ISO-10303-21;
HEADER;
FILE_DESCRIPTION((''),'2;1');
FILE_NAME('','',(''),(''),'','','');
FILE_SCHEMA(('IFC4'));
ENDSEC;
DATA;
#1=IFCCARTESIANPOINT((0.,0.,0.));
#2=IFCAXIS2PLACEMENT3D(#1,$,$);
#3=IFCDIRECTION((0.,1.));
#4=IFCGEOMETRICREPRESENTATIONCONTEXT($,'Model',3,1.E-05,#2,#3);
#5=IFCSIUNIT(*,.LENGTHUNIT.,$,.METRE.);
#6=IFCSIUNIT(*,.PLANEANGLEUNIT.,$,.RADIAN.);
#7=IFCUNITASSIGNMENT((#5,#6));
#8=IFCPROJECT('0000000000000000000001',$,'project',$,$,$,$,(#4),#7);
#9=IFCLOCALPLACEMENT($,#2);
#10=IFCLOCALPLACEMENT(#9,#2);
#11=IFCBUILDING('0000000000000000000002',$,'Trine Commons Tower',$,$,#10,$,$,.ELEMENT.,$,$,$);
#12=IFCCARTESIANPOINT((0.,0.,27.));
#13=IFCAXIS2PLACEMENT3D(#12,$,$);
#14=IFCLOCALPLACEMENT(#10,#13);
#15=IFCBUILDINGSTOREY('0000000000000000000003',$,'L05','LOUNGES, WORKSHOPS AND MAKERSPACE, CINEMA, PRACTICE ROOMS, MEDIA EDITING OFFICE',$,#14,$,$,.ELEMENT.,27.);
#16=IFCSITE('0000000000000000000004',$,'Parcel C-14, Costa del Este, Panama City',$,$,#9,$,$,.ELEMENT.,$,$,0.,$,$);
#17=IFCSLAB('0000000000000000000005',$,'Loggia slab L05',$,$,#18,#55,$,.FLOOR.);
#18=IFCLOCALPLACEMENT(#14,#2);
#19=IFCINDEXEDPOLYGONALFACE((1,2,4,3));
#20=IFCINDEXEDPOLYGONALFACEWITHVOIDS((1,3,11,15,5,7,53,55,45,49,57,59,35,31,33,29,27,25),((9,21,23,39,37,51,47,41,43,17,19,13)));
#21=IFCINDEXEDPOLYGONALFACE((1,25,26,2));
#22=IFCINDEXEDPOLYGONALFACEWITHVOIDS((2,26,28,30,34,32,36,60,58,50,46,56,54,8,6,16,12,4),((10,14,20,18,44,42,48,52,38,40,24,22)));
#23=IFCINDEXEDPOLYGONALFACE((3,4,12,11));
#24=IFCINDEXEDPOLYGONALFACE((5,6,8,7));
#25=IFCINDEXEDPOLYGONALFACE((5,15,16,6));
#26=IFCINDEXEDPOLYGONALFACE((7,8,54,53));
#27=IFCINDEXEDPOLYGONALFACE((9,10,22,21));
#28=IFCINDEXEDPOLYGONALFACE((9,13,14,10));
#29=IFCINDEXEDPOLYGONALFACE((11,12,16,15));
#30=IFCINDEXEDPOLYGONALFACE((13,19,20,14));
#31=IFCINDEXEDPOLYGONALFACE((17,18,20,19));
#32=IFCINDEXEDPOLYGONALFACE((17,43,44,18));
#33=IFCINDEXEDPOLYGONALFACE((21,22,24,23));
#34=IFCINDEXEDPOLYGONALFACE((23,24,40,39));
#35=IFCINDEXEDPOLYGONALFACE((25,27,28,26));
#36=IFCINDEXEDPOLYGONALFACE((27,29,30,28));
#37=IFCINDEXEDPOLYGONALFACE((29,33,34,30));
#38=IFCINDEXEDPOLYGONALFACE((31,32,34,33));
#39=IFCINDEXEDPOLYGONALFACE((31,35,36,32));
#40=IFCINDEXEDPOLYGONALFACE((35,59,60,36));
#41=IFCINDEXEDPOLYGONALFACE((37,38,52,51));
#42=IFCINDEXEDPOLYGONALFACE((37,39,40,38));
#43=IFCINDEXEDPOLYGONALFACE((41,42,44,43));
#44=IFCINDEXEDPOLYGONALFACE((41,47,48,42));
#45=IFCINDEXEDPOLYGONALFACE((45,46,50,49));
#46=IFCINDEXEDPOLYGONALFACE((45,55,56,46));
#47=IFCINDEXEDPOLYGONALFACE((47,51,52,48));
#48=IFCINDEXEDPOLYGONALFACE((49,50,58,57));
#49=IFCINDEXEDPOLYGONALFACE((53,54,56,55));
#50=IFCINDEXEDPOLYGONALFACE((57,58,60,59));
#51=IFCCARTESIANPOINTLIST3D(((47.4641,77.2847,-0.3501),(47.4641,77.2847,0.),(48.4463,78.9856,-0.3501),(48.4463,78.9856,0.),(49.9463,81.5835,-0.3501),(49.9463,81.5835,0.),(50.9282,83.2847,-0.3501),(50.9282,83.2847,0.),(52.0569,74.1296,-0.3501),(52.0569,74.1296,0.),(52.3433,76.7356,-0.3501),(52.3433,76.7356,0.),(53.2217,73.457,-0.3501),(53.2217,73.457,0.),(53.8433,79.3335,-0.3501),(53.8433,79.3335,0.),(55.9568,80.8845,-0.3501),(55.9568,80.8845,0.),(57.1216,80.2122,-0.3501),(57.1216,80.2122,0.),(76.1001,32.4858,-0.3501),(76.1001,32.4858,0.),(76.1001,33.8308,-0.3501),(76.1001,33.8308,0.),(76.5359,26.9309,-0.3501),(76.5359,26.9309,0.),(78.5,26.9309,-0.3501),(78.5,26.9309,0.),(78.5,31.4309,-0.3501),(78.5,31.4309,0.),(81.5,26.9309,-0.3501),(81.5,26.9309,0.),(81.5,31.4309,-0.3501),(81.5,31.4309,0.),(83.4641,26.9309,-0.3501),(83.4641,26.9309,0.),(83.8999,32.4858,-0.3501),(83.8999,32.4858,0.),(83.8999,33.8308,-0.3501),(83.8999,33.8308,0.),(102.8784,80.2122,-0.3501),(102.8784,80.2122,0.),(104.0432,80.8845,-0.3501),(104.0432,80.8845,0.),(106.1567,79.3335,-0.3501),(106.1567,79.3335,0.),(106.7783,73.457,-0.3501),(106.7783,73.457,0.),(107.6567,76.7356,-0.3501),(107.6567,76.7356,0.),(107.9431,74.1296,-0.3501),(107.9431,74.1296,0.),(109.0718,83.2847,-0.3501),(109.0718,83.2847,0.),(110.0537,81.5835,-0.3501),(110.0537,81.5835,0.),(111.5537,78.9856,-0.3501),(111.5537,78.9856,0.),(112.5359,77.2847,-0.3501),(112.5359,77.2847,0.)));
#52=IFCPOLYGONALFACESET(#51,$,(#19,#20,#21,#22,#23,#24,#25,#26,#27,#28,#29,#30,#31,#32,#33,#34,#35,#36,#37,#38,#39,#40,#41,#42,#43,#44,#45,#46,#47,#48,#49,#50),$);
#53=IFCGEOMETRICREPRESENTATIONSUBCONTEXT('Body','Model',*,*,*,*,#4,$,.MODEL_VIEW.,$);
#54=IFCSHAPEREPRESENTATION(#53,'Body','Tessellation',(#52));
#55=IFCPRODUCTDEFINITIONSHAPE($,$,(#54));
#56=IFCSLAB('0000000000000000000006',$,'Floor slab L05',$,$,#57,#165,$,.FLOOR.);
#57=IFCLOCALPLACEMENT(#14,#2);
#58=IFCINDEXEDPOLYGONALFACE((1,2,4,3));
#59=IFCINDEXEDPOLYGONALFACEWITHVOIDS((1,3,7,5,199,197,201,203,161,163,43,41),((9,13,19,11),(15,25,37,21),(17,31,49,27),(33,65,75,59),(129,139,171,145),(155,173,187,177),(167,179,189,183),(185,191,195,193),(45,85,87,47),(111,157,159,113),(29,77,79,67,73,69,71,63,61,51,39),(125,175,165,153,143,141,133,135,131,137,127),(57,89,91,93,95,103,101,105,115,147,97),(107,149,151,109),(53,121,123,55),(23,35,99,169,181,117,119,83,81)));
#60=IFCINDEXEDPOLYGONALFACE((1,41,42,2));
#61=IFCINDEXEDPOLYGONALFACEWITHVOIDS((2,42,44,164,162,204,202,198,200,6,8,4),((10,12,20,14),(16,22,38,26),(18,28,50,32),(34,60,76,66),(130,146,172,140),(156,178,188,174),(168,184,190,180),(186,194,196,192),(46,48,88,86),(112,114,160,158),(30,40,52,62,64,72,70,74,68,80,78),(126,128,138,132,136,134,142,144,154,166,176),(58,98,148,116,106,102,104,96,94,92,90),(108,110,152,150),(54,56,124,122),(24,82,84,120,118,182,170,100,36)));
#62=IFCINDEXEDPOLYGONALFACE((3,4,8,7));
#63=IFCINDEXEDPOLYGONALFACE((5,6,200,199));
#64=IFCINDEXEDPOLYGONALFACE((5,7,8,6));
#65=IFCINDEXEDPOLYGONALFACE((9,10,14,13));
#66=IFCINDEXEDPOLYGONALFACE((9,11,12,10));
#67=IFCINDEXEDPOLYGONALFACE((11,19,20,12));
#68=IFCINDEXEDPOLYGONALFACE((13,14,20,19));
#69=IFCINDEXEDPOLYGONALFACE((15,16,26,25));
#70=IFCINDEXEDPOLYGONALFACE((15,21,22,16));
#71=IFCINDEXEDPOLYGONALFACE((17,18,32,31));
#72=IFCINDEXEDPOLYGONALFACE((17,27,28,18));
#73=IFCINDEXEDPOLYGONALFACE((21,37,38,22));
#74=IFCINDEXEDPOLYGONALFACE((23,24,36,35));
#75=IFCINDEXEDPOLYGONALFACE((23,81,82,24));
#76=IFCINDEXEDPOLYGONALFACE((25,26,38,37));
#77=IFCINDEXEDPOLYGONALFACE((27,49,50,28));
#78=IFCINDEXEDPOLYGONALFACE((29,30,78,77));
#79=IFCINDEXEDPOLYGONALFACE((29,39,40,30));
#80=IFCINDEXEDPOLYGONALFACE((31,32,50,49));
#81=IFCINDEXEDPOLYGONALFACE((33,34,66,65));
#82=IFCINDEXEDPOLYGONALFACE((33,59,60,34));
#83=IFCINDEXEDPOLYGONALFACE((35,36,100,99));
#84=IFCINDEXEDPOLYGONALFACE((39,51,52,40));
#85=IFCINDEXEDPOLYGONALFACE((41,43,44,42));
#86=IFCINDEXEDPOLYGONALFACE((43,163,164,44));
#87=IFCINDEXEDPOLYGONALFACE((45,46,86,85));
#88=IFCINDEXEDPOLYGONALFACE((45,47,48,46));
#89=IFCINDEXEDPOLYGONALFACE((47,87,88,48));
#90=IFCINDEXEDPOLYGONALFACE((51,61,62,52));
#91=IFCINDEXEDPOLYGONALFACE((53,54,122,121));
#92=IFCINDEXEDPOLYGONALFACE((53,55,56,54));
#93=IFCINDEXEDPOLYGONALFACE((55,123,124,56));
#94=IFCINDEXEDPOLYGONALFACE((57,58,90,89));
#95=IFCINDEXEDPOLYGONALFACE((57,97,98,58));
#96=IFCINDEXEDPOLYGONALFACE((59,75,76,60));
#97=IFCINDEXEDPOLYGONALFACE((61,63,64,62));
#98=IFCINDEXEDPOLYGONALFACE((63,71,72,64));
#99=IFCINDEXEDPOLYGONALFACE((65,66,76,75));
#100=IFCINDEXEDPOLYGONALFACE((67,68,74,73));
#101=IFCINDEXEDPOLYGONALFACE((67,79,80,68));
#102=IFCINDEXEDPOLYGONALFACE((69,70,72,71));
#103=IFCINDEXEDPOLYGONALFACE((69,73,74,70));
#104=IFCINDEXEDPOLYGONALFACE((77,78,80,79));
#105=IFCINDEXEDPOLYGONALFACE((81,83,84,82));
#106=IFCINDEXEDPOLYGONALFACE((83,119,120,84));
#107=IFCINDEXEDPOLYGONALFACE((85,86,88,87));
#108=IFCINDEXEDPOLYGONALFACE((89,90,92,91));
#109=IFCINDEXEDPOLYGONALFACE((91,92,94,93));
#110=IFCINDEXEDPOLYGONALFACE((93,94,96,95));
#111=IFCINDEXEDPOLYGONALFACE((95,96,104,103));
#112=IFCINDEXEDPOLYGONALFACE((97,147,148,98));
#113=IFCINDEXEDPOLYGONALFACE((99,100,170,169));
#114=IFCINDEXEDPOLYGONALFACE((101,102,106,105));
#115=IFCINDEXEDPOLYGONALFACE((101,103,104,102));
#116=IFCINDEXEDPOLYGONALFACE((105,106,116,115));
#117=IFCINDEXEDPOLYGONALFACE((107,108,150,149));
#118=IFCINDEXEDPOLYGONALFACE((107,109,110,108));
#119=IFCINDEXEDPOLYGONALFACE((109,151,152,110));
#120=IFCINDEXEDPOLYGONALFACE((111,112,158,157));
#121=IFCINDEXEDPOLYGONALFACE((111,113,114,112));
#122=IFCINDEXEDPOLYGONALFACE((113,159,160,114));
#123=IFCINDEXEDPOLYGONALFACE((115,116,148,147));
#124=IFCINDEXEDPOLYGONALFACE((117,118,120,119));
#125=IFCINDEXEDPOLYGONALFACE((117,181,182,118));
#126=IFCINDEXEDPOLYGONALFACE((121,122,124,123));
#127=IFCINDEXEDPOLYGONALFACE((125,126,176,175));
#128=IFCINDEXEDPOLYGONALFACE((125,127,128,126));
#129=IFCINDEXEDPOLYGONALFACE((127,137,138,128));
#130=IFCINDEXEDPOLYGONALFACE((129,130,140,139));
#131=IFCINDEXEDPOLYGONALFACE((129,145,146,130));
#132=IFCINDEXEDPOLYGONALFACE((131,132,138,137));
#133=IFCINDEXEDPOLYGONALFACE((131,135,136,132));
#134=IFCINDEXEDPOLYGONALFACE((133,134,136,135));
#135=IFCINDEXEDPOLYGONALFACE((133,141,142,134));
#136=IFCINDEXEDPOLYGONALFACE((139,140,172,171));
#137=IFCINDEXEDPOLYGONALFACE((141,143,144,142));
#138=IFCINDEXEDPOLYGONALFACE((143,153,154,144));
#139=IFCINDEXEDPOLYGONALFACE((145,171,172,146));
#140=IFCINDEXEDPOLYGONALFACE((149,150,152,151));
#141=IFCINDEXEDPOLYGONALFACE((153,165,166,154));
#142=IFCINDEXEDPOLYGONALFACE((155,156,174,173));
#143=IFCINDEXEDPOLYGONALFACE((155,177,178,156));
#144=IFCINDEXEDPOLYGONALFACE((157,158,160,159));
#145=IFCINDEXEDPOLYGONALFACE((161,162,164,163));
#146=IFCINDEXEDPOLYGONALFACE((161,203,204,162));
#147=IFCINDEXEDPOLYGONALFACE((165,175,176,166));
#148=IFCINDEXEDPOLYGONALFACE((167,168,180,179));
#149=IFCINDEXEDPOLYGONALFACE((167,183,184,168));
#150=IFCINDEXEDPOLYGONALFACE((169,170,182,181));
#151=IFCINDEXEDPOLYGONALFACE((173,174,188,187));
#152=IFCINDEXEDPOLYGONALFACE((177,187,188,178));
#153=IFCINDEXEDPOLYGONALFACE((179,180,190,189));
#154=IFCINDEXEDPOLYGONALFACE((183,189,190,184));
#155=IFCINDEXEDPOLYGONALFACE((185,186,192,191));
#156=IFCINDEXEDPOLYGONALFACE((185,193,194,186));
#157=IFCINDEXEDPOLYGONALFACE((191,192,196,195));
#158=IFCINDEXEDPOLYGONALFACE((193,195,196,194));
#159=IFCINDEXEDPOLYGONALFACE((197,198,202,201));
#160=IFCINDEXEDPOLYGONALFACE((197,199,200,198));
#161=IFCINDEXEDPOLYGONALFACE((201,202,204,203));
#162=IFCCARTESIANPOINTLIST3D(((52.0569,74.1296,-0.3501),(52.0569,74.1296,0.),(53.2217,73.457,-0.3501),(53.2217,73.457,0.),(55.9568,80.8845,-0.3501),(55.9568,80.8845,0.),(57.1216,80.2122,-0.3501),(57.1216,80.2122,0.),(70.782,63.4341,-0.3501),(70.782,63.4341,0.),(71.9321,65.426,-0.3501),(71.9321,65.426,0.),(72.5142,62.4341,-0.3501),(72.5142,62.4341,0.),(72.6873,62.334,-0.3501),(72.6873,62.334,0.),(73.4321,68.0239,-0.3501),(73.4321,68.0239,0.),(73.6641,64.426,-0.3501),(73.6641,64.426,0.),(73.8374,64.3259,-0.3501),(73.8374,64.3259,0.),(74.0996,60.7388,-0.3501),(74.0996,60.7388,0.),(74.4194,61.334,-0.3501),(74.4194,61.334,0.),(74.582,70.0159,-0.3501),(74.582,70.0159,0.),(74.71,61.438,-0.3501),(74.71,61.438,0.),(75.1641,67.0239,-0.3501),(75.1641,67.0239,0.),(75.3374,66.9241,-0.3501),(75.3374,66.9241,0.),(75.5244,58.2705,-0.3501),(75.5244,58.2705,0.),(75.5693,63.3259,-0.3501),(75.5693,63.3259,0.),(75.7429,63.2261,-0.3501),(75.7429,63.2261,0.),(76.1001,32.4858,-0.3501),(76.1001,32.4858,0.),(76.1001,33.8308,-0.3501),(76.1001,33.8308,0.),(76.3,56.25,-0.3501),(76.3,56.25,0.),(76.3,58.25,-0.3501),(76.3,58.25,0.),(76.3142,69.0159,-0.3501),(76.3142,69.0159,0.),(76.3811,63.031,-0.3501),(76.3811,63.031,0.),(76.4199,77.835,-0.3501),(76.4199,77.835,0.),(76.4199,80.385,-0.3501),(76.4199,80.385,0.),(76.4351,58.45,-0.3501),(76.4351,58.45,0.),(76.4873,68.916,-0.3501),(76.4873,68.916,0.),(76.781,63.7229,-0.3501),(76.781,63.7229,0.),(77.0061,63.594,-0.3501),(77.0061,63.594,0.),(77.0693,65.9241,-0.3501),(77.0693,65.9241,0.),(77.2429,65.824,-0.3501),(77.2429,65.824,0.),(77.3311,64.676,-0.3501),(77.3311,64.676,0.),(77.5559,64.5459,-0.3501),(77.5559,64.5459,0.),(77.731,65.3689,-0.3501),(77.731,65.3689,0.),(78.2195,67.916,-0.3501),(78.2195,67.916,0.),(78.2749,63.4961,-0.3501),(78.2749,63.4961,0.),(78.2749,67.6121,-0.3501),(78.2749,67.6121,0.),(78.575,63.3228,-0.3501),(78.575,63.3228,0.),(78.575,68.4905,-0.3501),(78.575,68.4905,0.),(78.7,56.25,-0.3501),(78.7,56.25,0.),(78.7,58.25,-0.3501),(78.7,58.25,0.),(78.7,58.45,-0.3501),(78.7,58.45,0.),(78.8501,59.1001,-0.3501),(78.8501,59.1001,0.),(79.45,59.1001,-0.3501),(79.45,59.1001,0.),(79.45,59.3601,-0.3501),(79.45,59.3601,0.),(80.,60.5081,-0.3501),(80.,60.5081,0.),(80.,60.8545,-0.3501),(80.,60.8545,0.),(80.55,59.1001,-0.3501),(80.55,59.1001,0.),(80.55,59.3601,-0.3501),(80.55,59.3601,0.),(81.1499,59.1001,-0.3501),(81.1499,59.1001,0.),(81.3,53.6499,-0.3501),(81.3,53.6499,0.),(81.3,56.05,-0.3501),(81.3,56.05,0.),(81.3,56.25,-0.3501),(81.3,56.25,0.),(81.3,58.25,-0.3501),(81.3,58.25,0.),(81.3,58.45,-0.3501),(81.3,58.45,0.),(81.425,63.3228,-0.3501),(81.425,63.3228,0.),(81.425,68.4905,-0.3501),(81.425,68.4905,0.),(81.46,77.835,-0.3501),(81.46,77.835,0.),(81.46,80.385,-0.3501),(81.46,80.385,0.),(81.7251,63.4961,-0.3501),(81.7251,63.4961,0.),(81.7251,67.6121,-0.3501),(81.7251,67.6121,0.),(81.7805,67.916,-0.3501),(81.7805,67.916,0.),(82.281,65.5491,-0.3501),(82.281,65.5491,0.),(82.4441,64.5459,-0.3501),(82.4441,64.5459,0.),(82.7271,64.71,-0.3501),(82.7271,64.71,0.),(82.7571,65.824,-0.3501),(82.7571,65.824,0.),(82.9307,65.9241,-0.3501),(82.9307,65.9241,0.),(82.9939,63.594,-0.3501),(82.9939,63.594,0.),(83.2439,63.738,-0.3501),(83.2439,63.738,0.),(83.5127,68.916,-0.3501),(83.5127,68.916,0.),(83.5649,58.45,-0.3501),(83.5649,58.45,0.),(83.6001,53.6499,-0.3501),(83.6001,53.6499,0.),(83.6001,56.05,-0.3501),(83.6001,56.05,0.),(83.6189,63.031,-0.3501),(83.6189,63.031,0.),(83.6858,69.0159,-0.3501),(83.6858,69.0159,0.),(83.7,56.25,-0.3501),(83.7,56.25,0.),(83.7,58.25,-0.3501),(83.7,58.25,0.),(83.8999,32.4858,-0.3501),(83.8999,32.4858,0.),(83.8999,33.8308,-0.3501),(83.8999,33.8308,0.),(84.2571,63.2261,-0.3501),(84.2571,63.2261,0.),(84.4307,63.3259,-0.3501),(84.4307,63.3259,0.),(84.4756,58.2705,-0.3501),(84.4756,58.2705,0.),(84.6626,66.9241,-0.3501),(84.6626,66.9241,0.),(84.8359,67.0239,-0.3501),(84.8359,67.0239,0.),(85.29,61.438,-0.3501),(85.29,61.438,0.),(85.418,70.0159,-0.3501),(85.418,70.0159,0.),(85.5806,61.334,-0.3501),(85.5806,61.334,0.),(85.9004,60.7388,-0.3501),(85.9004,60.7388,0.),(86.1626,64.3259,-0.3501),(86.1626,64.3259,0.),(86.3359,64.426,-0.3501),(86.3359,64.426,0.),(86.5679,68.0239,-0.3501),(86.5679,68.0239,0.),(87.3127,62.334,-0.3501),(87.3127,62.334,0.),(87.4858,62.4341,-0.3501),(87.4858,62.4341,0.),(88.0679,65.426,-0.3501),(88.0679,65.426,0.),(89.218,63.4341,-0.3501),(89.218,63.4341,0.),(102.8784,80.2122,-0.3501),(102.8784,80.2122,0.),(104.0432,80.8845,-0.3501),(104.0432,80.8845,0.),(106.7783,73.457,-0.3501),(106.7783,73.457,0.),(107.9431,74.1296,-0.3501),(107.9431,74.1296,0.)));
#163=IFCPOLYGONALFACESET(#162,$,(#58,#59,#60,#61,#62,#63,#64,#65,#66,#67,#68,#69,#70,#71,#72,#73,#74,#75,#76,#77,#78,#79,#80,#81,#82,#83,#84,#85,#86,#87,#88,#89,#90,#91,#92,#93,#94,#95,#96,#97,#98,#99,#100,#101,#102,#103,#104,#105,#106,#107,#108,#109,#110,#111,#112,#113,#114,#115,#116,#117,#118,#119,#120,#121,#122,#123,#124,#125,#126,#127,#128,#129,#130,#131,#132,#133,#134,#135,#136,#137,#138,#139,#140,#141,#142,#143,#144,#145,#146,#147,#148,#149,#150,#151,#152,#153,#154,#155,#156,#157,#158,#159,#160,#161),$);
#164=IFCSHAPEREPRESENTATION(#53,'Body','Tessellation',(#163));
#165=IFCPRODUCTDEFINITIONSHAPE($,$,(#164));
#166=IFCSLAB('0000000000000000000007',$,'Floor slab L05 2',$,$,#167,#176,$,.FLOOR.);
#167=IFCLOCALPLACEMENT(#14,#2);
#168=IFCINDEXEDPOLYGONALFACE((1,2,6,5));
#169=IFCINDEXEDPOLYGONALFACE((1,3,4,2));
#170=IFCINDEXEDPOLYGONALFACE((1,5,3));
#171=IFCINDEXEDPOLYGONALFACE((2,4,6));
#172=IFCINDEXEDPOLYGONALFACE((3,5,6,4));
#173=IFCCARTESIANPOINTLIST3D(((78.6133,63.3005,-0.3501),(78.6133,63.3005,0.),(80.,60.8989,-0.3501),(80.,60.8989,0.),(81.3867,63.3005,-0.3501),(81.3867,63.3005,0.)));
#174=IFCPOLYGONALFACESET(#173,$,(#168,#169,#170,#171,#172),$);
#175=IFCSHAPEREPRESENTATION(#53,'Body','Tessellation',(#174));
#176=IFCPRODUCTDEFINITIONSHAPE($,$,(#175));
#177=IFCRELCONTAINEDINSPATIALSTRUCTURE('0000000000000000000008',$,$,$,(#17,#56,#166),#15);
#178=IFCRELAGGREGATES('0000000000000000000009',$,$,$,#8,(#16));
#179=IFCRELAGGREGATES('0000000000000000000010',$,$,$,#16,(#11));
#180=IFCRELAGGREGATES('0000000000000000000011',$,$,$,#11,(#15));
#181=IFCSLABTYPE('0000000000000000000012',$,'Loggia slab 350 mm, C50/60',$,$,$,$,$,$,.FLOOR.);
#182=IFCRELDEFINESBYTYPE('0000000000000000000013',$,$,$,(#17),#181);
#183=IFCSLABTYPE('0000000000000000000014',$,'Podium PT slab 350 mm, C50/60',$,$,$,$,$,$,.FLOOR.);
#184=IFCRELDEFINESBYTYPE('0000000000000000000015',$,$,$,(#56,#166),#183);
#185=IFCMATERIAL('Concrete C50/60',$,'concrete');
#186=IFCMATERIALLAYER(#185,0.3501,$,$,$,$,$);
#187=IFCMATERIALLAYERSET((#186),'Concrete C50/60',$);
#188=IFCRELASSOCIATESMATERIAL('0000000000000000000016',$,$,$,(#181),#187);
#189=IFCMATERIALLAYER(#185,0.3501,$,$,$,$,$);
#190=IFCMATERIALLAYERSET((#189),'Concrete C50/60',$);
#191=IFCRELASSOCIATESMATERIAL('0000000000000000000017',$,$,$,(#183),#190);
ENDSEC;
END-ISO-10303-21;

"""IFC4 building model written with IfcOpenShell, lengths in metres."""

from ifc_helpers import new_model, si_unit, direction, frame, origin, place, context, subcontext, project, spatial, polyline, outline, extrude, material, layer, layer_set, type_object, element, save


model = new_model("IFC4")

# Units and contexts
model_context = context("Model", 3, precision=1e-05, world=origin(), true_north=direction((0.0, 1.0)))
body_context = subcontext(model_context, "Body", "Model", "MODEL_VIEW")
ifc_project = project(units=[si_unit("LENGTHUNIT", "METRE"), si_unit("PLANEANGLEUNIT", "RADIAN")], contexts=[model_context])

# Site, building, storey
site_placement = place(None, origin())
site = spatial("IfcSite", under=ifc_project, at=site_placement, Name="Parcel C-14, Costa del Este, Panama City", CompositionType="ELEMENT", RefElevation=0.0)
building_placement = place(site_placement, origin())
building = spatial("IfcBuilding", under=site, at=building_placement, Name="Trine Commons Tower", CompositionType="ELEMENT")
storey_placement = place(building_placement, frame((0.0, 0.0, 27.0)))
storey = spatial("IfcBuildingStorey", under=building, at=storey_placement, Name="L05", Description="LOUNGES, WORKSHOPS AND MAKERSPACE, CINEMA, PRACTICE ROOMS, MEDIA EDITING OFFICE", CompositionType="ELEMENT", Elevation=27.0)

# Slabs
ifc_material_1 = material(Name="Concrete C50/60", Category="concrete")
ifc_layer_1 = layer(ifc_material_1, 0.3501)
ifc_layer_set_1 = layer_set([ifc_layer_1], Name="Concrete C50/60")
slab_type_1 = type_object("IfcSlabType", Name="Loggia slab 350 mm, C50/60", PredefinedType="FLOOR", material=ifc_layer_set_1)
slab_1_placement = place(storey_placement, frame((0.0, 0.0, -0.3501)))
element("IfcSlab", 1, at=slab_1_placement, inside=storey, type_object=slab_type_1, Name="Loggia slab L05", PredefinedType="FLOOR", context=body_context, shape_type="SweptSolid", body=[
    extrude(outline(polyline([(83.4641, 26.9309), (112.5359, 77.2847), (111.5537, 78.9856), (107.6567, 76.7356), (106.1567, 79.3335), (110.0537, 81.5835), (109.0718, 83.2847), (50.9282, 83.2847), (49.9463, 81.5835), (53.8433, 79.3335), (52.3433, 76.7356), (48.4463, 78.9856), (47.4641, 77.2847), (76.5359, 26.9309), (78.5, 26.9309), (78.5, 31.4309), (81.5, 31.4309), (81.5, 26.9309), (83.4641, 26.9309)]), holes=[polyline([(76.1001, 32.4858), (76.1001, 33.8308), (83.8999, 33.8308), (83.8999, 32.4858), (107.9431, 74.1296), (106.7783, 73.457), (102.8784, 80.2122), (104.0432, 80.8845), (55.9568, 80.8845), (57.1216, 80.2122), (53.2217, 73.457), (52.0569, 74.1296), (76.1001, 32.4858)])]), origin(), (0.0, 0.0, 1.0), 0.3501),
])
ifc_layer_2 = layer(ifc_material_1, 0.3501)
ifc_layer_set_2 = layer_set([ifc_layer_2], Name="Concrete C50/60")
slab_type_2 = type_object("IfcSlabType", Name="Podium PT slab 350 mm, C50/60", PredefinedType="FLOOR", material=ifc_layer_set_2)
slab_2_placement = place(storey_placement, frame((0.0, 0.0, -0.3501)))
element("IfcSlab", 2, at=slab_2_placement, inside=storey, type_object=slab_type_2, Name="Floor slab L05", PredefinedType="FLOOR", context=body_context, shape_type="SweptSolid", body=[
    extrude(outline(polyline([(52.0569, 74.1296), (76.1001, 32.4858), (76.1001, 33.8308), (83.8999, 33.8308), (83.8999, 32.4858), (107.9431, 74.1296), (106.7783, 73.457), (102.8784, 80.2122), (104.0432, 80.8845), (55.9568, 80.8845), (57.1216, 80.2122), (53.2217, 73.457), (52.0569, 74.1296)]), holes=[polyline([(76.3, 56.25), (78.7, 56.25), (78.7, 58.25), (76.3, 58.25), (76.3, 56.25)]), polyline([(80.0, 60.8545), (84.4756, 58.2705), (85.9004, 60.7388), (81.425, 63.3228), (81.425, 68.4905), (78.575, 68.4905), (78.575, 63.3228), (74.0996, 60.7388), (75.5244, 58.2705), (80.0, 60.8545)]), polyline([(73.8374, 64.3259), (72.6873, 62.334), (74.4194, 61.334), (75.5693, 63.3259), (73.8374, 64.3259)]), polyline([(71.9321, 65.426), (70.782, 63.4341), (72.5142, 62.4341), (73.6641, 64.426), (71.9321, 65.426)]), polyline([(76.781, 63.7229), (76.3811, 63.031), (75.7429, 63.2261), (74.71, 61.438), (78.2749, 63.4961), (78.2749, 67.6121), (77.2429, 65.824), (77.731, 65.3689), (77.3311, 64.676), (77.5559, 64.5459), (77.0061, 63.594), (76.781, 63.7229)]), polyline([(76.4873, 68.916), (75.3374, 66.9241), (77.0693, 65.9241), (78.2195, 67.916), (76.4873, 68.916)]), polyline([(76.3142, 69.0159), (74.582, 70.0159), (73.4321, 68.0239), (75.1641, 67.0239), (76.3142, 69.0159)]), polyline([(76.4199, 77.835), (81.46, 77.835), (81.46, 80.385), (76.4199, 80.385), (76.4199, 77.835)]), polyline([(81.3, 53.6499), (83.6001, 53.6499), (83.6001, 56.05), (81.3, 56.05), (81.3, 53.6499)]), polyline([(81.3, 56.25), (83.7, 56.25), (83.7, 58.25), (81.3, 58.25), (81.3, 56.25)]), polyline([(81.1499, 59.1001), (81.3, 58.45), (83.5649, 58.45), (80.0, 60.5081), (76.4351, 58.45), (78.7, 58.45), (78.8501, 59.1001), (79.45, 59.1001), (79.45, 59.3601), (80.55, 59.3601), (80.55, 59.1001), (81.1499, 59.1001)]), polyline([(87.3127, 62.334), (86.1626, 64.3259), (84.4307, 63.3259), (85.5806, 61.334), (87.3127, 62.334)]), polyline([(89.218, 63.4341), (88.0679, 65.426), (86.3359, 64.426), (87.4858, 62.4341), (89.218, 63.4341)]), polyline([(83.2439, 63.738), (82.9939, 63.594), (82.4441, 64.5459), (82.7271, 64.71), (82.281, 65.5491), (82.7571, 65.824), (81.7251, 67.6121), (81.7251, 63.4961), (85.29, 61.438), (84.2571, 63.2261), (83.6189, 63.031), (83.2439, 63.738)]), polyline([(82.9307, 65.9241), (84.6626, 66.9241), (83.5127, 68.916), (81.7805, 67.916), (82.9307, 65.9241)]), polyline([(84.8359, 67.0239), (86.5679, 68.0239), (85.418, 70.0159), (83.6858, 69.0159), (84.8359, 67.0239)])]), origin(), (0.0, 0.0, 1.0), 0.3501),
])
slab_3_placement = place(storey_placement, frame((0.0, 0.0, -0.3501)))
element("IfcSlab", 3, at=slab_3_placement, inside=storey, type_object=slab_type_2, Name="Floor slab L05 2", PredefinedType="FLOOR", context=body_context, shape_type="SweptSolid", body=[
    extrude(outline(polyline([(78.6133, 63.3005), (80.0, 60.8989), (81.3867, 63.3005), (78.6133, 63.3005)])), origin(), (0.0, 0.0, 1.0), 0.3501),
])

save(model, "model.ifc")
